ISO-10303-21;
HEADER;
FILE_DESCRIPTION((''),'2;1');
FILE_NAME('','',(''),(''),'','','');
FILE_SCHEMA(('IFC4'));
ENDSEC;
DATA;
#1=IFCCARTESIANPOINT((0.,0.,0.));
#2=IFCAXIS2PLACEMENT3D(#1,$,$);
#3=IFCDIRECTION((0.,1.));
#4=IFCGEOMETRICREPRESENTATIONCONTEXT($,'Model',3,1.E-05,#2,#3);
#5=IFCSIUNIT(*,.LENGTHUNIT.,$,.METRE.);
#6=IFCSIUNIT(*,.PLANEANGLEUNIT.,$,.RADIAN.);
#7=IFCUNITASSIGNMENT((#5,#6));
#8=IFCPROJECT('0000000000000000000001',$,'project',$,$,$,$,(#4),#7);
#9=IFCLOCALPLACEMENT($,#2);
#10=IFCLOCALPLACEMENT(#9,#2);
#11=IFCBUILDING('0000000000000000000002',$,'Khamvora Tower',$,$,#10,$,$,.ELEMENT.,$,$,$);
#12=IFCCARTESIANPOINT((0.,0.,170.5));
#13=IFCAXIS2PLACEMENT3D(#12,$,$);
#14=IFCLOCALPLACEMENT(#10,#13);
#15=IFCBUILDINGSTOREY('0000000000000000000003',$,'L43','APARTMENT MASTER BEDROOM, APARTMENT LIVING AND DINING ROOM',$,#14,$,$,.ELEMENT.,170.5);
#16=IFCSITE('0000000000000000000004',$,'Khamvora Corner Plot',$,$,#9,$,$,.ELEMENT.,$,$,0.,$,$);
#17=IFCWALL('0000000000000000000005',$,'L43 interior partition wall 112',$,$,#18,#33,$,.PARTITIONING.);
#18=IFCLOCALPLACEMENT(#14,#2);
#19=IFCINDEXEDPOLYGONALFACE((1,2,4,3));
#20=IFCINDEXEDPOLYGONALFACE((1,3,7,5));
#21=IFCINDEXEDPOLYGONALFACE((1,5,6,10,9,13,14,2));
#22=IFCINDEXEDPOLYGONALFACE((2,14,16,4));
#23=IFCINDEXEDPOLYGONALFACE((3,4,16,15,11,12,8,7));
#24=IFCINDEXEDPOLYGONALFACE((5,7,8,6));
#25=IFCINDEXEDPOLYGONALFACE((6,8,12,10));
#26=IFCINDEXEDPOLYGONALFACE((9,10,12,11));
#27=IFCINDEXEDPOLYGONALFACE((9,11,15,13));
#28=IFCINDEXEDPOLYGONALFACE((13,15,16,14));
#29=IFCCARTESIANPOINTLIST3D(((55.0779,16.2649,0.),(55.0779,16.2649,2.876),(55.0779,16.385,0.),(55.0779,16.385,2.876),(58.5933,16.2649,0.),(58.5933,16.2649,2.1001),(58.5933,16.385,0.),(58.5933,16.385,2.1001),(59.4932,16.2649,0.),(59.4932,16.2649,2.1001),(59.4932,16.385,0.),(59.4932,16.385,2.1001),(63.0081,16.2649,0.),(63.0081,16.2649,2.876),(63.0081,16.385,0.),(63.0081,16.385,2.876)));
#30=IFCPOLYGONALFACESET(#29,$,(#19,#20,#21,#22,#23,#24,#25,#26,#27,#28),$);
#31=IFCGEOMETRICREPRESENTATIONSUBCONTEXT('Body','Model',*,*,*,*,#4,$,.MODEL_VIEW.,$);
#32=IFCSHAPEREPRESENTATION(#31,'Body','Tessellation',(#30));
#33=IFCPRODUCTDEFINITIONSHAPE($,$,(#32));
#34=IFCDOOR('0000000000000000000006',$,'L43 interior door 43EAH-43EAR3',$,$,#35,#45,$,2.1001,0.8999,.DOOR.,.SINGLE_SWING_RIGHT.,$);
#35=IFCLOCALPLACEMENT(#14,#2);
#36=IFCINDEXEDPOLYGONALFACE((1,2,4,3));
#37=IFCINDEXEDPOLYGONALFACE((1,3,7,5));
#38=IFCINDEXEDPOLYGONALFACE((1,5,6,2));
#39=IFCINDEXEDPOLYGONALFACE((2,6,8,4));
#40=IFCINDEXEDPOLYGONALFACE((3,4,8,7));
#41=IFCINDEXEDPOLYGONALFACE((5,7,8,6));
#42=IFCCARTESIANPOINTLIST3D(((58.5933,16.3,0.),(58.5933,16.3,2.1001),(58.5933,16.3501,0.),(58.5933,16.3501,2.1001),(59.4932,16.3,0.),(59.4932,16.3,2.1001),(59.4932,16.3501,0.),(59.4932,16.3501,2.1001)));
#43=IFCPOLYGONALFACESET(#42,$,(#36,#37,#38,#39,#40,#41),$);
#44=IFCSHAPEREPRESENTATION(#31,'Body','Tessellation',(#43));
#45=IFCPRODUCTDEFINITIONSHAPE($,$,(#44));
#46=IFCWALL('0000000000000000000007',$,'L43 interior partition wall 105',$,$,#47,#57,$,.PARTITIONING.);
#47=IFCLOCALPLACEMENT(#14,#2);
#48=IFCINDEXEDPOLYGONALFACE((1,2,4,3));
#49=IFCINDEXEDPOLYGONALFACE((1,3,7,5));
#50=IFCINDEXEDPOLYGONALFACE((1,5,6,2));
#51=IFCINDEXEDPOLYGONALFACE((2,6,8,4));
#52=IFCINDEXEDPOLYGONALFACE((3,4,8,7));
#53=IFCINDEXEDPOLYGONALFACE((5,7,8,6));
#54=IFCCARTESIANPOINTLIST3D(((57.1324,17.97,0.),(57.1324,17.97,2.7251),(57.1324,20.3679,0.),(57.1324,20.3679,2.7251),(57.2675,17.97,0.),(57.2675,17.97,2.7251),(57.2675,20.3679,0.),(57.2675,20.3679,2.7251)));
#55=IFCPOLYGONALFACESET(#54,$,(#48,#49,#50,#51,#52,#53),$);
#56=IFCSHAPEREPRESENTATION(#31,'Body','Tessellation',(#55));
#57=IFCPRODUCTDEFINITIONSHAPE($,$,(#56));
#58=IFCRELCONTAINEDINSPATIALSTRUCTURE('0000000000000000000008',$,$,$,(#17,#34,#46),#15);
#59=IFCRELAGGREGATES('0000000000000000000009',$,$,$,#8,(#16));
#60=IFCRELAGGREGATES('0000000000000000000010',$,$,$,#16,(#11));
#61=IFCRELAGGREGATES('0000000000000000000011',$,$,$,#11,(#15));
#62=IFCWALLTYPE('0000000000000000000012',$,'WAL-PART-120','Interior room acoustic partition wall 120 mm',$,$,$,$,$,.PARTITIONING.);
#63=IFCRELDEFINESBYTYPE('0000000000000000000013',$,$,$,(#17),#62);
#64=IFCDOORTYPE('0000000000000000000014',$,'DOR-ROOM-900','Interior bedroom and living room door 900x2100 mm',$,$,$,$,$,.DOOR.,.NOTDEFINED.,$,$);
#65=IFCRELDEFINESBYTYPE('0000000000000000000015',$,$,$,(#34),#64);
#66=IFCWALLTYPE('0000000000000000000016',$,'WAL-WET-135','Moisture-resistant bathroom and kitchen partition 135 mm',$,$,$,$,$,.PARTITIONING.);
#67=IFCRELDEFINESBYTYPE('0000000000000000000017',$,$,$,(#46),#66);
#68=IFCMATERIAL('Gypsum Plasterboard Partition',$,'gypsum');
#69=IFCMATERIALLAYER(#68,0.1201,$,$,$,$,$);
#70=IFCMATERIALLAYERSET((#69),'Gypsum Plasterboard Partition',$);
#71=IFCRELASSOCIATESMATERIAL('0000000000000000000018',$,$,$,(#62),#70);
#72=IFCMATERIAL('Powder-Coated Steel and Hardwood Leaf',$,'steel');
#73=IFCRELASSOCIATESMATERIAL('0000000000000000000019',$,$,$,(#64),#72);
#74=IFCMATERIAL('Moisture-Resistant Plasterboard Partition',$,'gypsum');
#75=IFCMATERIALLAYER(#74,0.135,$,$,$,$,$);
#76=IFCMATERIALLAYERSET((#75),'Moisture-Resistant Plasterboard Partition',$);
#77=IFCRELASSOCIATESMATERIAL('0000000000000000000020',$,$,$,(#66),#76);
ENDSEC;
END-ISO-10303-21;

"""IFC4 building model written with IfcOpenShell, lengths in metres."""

from ifc_helpers import new_model, si_unit, direction, frame, frame_2d, origin, place, context, subcontext, project, spatial, rectangle, extrude, material, layer, layer_set, type_object, element, fill, save


model = new_model("IFC4")

# Units and contexts
model_context = context("Model", 3, precision=1e-05, world=origin(), true_north=direction((0.0, 1.0)))
body_context = subcontext(model_context, "Body", "Model", "MODEL_VIEW")
ifc_project = project(units=[si_unit("LENGTHUNIT", "METRE"), si_unit("PLANEANGLEUNIT", "RADIAN")], contexts=[model_context])

# Site, building, storey
site_placement = place(None, origin())
site = spatial("IfcSite", under=ifc_project, at=site_placement, Name="Khamvora Corner Plot", CompositionType="ELEMENT", RefElevation=0.0)
building_placement = place(site_placement, origin())
building = spatial("IfcBuilding", under=site, at=building_placement, Name="Khamvora Tower", CompositionType="ELEMENT")
storey_placement = place(building_placement, frame((0.0, 0.0, 170.5)))
storey = spatial("IfcBuildingStorey", under=building, at=storey_placement, Name="L43", Description="APARTMENT MASTER BEDROOM, APARTMENT LIVING AND DINING ROOM", CompositionType="ELEMENT", Elevation=170.5)

# Wall, opening, door
ifc_material_1 = material(Name="Gypsum Plasterboard Partition", Category="gypsum")
ifc_layer_1 = layer(ifc_material_1, 0.1201)
ifc_layer_set_1 = layer_set([ifc_layer_1], Name="Gypsum Plasterboard Partition")
wall_type_1 = type_object("IfcWallType", Name="WAL-PART-120", Description="Interior room acoustic partition wall 120 mm", PredefinedType="PARTITIONING", material=ifc_layer_set_1)
ifc_material_2 = material(Name="Powder-Coated Steel and Hardwood Leaf", Category="steel")
door_type = type_object("IfcDoorType", Name="DOR-ROOM-900", Description="Interior bedroom and living room door 900x2100 mm", OperationType="NOTDEFINED", PredefinedType="DOOR", material=ifc_material_2)
wall_1_placement = place(storey_placement, frame((63.0081, 16.325, 0.0), z_axis=(0.0, 0.0, 1.0), x_axis=(-1.0, 0.0, 0.0)))
wall_1 = element("IfcWall", 1, at=wall_1_placement, inside=storey, type_object=wall_type_1, Name="L43 interior partition wall 112", PredefinedType="PARTITIONING", context=body_context, shape_type="SweptSolid", body=[
    extrude(rectangle(XDim=7.9302, YDim=0.1201, at=frame_2d((3.9651, 0.0))), origin(), (0.0, 0.0, 1.0), 2.876),
])
opening_1_placement = place(wall_1_placement, frame((3.5149, 0.0, 0.0)))
opening_1 = element("IfcOpeningElement", 2, at=opening_1_placement, cuts=wall_1, PredefinedType="OPENING", context=body_context, shape_type="SweptSolid", body=[
    extrude(rectangle(XDim=0.8999, YDim=2.1001, at=frame_2d((0.45, 1.05))), frame((0.0, 0.0701, 0.0), z_axis=(0.0, -1.0, 0.0), x_axis=(1.0, 0.0, 0.0)), (0.0, 0.0, 1.0), 0.1401),
])
door_1_placement = place(opening_1_placement, origin())
door_1 = element("IfcDoor", 3, at=door_1_placement, inside=storey, type_object=door_type, Name="L43 interior door 43EAH-43EAR3", OperationType="SINGLE_SWING_RIGHT", OverallHeight=2.1001, OverallWidth=0.8999, PredefinedType="DOOR", context=body_context, shape_type="SweptSolid", body=[
    extrude(rectangle(XDim=0.8999, YDim=2.1001, at=frame_2d((0.45, 1.05))), frame((0.0, 0.0249, 0.0), z_axis=(0.0, -1.0, 0.0), x_axis=(1.0, 0.0, 0.0)), (0.0, 0.0, 1.0), 0.05),
])
fill(opening_1, door_1)

# Wall
ifc_material_3 = material(Name="Moisture-Resistant Plasterboard Partition", Category="gypsum")
ifc_layer_2 = layer(ifc_material_3, 0.135)
ifc_layer_set_2 = layer_set([ifc_layer_2], Name="Moisture-Resistant Plasterboard Partition")
wall_type_2 = type_object("IfcWallType", Name="WAL-WET-135", Description="Moisture-resistant bathroom and kitchen partition 135 mm", PredefinedType="PARTITIONING", material=ifc_layer_set_2)
wall_2_placement = place(storey_placement, frame((57.2, 17.97, 0.0), z_axis=(0.0, 0.0, 1.0), x_axis=(0.0, 1.0, 0.0)))
element("IfcWall", 4, at=wall_2_placement, inside=storey, type_object=wall_type_2, Name="L43 interior partition wall 105", PredefinedType="PARTITIONING", context=body_context, shape_type="SweptSolid", body=[
    extrude(rectangle(XDim=2.3979, YDim=0.135, at=frame_2d((1.199, 0.0))), origin(), (0.0, 0.0, 1.0), 2.7251),
])

save(model, "model.ifc")
